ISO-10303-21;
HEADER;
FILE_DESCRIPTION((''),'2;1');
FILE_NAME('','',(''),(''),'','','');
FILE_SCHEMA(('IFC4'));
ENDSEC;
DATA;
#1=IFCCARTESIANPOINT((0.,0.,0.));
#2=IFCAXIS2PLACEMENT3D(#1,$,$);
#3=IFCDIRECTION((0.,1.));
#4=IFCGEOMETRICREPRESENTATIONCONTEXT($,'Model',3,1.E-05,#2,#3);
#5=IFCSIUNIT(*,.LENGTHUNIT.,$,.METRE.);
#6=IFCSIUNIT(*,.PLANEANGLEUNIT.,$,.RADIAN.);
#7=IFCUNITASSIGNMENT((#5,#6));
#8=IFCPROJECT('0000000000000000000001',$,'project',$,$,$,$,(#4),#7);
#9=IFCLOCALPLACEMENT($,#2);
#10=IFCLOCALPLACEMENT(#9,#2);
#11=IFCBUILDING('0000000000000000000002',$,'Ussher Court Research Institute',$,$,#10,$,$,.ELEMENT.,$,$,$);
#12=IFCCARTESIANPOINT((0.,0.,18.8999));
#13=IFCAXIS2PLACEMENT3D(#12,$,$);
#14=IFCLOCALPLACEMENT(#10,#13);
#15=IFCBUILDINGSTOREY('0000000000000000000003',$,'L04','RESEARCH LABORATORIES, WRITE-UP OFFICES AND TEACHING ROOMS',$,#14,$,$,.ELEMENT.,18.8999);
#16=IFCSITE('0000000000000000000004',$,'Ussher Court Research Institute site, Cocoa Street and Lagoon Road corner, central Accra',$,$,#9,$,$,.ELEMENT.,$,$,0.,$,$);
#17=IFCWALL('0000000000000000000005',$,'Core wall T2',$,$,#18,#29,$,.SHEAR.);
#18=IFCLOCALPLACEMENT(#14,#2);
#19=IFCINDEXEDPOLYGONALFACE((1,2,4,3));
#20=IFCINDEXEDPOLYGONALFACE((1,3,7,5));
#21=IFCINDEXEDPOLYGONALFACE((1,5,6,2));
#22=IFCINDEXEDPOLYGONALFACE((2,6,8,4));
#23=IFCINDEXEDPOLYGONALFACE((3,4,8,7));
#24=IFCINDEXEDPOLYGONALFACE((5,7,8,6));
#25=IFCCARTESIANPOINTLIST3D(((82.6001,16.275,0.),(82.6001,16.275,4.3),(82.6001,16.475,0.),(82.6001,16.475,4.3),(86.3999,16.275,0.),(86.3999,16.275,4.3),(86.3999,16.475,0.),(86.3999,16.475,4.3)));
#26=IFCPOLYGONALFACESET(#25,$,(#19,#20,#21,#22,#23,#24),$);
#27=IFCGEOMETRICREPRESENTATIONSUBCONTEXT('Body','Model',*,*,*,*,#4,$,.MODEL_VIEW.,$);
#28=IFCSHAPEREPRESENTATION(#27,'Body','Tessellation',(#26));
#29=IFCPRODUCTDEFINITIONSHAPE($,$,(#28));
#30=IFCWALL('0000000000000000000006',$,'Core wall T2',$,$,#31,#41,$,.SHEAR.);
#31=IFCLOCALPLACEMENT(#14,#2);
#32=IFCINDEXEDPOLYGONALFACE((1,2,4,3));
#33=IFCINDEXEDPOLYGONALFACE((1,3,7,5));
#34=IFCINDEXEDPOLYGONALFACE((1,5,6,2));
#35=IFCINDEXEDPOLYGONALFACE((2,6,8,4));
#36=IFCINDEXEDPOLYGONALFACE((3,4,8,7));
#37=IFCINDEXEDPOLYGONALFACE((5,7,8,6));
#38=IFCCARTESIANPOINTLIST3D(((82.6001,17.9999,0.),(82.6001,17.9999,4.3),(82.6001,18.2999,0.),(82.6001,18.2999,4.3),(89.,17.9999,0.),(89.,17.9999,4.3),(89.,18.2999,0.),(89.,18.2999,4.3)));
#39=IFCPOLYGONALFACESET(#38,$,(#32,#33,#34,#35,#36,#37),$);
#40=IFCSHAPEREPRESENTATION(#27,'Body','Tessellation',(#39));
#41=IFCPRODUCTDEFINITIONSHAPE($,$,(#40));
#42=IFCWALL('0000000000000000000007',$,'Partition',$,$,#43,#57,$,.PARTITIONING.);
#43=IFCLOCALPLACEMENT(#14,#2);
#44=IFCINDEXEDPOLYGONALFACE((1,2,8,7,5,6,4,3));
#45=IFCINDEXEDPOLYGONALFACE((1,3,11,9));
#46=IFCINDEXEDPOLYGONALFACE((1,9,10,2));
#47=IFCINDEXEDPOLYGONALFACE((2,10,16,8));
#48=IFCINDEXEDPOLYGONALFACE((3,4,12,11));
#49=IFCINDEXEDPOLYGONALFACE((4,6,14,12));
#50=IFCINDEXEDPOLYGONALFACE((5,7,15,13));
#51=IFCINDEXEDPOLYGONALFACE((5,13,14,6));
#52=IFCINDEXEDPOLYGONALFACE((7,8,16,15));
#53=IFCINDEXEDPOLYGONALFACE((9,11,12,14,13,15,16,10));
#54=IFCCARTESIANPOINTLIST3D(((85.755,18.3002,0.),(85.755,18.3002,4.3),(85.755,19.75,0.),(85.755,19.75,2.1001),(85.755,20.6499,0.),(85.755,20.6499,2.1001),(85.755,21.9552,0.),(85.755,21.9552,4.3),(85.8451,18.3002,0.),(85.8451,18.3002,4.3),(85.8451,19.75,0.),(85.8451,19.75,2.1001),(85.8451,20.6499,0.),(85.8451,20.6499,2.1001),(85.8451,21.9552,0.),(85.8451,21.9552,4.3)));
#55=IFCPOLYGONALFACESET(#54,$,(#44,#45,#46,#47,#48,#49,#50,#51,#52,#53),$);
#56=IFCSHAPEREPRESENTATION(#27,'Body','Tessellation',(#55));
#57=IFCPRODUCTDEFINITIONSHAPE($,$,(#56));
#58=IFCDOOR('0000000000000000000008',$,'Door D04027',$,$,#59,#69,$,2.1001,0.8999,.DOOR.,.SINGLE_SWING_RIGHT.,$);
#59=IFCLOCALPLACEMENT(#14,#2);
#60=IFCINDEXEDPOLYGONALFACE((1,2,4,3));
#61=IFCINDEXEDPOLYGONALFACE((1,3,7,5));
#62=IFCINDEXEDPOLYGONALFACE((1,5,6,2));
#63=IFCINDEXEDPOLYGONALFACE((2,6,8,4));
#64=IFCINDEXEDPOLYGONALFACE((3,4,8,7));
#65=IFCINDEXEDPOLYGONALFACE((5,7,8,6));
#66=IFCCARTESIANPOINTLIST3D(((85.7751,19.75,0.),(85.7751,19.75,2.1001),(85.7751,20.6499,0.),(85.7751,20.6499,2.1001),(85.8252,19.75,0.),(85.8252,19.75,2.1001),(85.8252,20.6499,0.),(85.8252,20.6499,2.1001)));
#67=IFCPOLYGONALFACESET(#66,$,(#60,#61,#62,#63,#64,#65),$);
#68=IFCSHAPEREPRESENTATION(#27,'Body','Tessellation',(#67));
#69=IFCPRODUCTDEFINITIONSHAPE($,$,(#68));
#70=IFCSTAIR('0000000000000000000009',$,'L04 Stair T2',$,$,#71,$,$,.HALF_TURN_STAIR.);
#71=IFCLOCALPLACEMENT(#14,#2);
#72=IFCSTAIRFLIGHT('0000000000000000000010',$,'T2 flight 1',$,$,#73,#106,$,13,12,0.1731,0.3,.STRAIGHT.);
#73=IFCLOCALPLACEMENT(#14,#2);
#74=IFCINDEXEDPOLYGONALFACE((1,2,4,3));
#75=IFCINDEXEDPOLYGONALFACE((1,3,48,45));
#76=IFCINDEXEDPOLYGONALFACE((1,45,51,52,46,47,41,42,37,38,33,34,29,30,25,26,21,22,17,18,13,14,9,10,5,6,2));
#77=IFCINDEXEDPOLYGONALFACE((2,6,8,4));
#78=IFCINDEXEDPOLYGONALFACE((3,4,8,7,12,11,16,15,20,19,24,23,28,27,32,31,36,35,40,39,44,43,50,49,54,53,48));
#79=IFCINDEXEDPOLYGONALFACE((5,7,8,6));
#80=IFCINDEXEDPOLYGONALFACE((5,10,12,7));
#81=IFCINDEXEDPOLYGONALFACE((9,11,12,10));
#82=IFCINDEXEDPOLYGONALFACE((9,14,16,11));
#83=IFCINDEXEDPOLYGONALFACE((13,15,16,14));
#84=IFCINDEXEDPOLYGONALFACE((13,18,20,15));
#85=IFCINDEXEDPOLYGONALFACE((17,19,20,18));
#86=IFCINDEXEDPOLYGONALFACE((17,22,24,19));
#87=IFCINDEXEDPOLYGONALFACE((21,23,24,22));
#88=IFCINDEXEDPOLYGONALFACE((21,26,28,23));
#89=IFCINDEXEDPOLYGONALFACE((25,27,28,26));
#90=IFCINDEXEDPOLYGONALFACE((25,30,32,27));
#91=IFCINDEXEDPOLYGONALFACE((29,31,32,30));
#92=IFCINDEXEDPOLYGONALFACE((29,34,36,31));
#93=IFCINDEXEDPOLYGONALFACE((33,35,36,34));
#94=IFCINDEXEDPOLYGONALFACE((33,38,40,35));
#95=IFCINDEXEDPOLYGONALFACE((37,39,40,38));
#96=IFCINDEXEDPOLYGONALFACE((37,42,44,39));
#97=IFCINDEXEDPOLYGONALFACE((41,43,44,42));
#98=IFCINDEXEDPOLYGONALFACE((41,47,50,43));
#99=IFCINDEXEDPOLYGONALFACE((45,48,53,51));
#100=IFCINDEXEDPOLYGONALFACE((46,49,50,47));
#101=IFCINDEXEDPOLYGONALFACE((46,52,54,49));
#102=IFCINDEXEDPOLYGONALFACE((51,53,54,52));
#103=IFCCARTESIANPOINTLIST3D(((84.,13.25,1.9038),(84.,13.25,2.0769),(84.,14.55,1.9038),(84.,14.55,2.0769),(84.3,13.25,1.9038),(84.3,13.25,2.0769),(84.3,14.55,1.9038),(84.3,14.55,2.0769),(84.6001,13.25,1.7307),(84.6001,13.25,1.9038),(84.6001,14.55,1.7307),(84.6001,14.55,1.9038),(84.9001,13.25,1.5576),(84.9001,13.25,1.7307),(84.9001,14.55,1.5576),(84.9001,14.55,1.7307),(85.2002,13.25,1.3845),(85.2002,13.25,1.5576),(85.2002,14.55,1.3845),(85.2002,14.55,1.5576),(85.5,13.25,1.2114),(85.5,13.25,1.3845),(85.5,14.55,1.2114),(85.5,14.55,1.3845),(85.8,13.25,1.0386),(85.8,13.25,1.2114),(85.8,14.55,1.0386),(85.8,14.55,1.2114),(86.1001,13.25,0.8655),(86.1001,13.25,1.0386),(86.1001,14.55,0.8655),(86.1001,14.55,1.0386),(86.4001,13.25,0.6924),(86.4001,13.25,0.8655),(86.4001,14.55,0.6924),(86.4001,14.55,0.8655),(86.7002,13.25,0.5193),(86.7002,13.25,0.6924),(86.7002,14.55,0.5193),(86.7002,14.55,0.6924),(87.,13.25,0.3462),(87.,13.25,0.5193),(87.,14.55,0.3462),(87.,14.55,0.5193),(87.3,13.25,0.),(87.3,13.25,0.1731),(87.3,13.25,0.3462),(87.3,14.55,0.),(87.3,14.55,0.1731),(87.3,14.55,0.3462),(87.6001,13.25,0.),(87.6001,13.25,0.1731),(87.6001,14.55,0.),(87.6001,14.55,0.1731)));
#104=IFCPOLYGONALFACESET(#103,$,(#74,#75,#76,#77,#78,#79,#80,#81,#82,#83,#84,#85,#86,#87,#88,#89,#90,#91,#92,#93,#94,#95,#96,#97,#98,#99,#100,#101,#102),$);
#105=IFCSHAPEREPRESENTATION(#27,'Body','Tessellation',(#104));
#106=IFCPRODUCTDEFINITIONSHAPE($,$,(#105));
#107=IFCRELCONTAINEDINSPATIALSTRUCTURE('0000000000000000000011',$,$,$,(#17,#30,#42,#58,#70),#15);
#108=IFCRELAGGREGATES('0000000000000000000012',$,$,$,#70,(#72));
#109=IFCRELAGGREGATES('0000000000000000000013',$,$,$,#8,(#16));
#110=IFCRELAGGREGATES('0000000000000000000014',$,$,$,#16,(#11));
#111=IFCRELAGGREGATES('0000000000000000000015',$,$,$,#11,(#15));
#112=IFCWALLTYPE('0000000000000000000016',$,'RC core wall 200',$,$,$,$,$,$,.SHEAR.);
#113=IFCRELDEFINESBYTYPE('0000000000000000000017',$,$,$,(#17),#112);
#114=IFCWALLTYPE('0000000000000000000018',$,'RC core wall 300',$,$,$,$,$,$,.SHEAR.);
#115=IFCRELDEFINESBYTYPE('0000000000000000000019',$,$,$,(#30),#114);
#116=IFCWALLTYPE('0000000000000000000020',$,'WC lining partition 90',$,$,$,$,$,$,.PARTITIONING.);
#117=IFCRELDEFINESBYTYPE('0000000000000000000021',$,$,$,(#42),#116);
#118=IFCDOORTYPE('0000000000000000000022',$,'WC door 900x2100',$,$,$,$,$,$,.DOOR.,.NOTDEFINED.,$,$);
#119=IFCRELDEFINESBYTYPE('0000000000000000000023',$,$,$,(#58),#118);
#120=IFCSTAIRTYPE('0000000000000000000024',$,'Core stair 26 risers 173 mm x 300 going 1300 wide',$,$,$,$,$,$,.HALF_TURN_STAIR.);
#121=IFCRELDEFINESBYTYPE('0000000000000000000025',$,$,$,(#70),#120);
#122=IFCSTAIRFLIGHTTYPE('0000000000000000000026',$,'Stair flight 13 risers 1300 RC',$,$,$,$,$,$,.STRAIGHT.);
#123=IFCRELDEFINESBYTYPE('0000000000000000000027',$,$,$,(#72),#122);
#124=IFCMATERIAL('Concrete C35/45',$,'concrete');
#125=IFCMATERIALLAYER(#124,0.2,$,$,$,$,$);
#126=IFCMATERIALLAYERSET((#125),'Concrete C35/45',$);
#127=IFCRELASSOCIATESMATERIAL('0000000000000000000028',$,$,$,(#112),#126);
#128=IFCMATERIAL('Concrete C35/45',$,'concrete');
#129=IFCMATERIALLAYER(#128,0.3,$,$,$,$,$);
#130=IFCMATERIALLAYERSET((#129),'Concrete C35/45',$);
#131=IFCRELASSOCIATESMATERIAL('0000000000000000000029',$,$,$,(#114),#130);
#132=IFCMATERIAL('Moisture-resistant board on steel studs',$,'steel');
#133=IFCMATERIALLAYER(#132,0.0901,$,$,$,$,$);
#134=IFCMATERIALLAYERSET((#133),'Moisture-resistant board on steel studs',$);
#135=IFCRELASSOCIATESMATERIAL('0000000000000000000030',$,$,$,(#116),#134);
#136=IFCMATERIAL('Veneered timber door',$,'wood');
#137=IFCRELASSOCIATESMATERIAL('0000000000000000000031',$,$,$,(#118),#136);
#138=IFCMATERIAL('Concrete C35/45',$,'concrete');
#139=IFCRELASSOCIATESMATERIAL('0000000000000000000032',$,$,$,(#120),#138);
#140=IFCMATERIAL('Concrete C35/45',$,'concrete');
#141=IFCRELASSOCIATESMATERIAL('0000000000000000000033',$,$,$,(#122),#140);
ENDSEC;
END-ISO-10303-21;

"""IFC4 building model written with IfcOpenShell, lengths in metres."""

from ifc_helpers import new_model, si_unit, direction, frame, frame_2d, origin, place, context, subcontext, project, spatial, polyline, rectangle, outline, extrude, material, layer, layer_set, type_object, element, fill, aggregate, save


model = new_model("IFC4")

# Units and contexts
model_context = context("Model", 3, precision=1e-05, world=origin(), true_north=direction((0.0, 1.0)))
body_context = subcontext(model_context, "Body", "Model", "MODEL_VIEW")
ifc_project = project(units=[si_unit("LENGTHUNIT", "METRE"), si_unit("PLANEANGLEUNIT", "RADIAN")], contexts=[model_context])

# Site, building, storey
site_placement = place(None, origin())
site = spatial("IfcSite", under=ifc_project, at=site_placement, Name="Ussher Court Research Institute site, Cocoa Street and Lagoon Road corner, central Accra", CompositionType="ELEMENT", RefElevation=0.0)
building_placement = place(site_placement, origin())
building = spatial("IfcBuilding", under=site, at=building_placement, Name="Ussher Court Research Institute", CompositionType="ELEMENT")
storey_placement = place(building_placement, frame((0.0, 0.0, 18.8999)))
storey = spatial("IfcBuildingStorey", under=building, at=storey_placement, Name="L04", Description="RESEARCH LABORATORIES, WRITE-UP OFFICES AND TEACHING ROOMS", CompositionType="ELEMENT", Elevation=18.8999)

# Shared definitions
ifc_material_1 = material(Name="Concrete C35/45", Category="concrete")
ifc_layer_1 = layer(ifc_material_1, 0.2)
ifc_layer_set_1 = layer_set([ifc_layer_1], Name="Concrete C35/45")
wall_type_1 = type_object("IfcWallType", Name="RC core wall 200", PredefinedType="SHEAR", material=ifc_layer_set_1)

# Walls
wall_1_placement = place(storey_placement, frame((82.6001, 16.375, 0.0), z_axis=(0.0, 0.0, 1.0), x_axis=(1.0, 0.0, 0.0)))
element("IfcWall", 1, at=wall_1_placement, inside=storey, type_object=wall_type_1, Name="Core wall T2", PredefinedType="SHEAR", context=body_context, shape_type="SweptSolid", body=[
    extrude(rectangle(XDim=3.7998, YDim=0.2, at=frame_2d((1.8999, 0.0))), origin(), (0.0, 0.0, 1.0), 4.3),
])
ifc_material_2 = material(Name="Concrete C35/45", Category="concrete")
ifc_layer_2 = layer(ifc_material_2, 0.3)
ifc_layer_set_2 = layer_set([ifc_layer_2], Name="Concrete C35/45")
wall_type_2 = type_object("IfcWallType", Name="RC core wall 300", PredefinedType="SHEAR", material=ifc_layer_set_2)
wall_2_placement = place(storey_placement, frame((82.6001, 18.1499, 0.0), z_axis=(0.0, 0.0, 1.0), x_axis=(1.0, 0.0, 0.0)))
element("IfcWall", 2, at=wall_2_placement, inside=storey, type_object=wall_type_2, Name="Core wall T2", PredefinedType="SHEAR", context=body_context, shape_type="SweptSolid", body=[
    extrude(rectangle(XDim=6.3999, YDim=0.3, at=frame_2d((3.2, 0.0))), origin(), (0.0, 0.0, 1.0), 4.3),
])

# Wall, opening, door
ifc_material_3 = material(Name="Moisture-resistant board on steel studs", Category="steel")
ifc_layer_3 = layer(ifc_material_3, 0.0901)
ifc_layer_set_3 = layer_set([ifc_layer_3], Name="Moisture-resistant board on steel studs")
wall_type_3 = type_object("IfcWallType", Name="WC lining partition 90", PredefinedType="PARTITIONING", material=ifc_layer_set_3)
wall_3_placement = place(storey_placement, frame((85.8, 18.3, 0.0), z_axis=(0.0, 0.0, 1.0), x_axis=(0.0, 1.0, 0.0)))
wall_3 = element("IfcWall", 3, at=wall_3_placement, inside=storey, type_object=wall_type_3, Name="Partition", PredefinedType="PARTITIONING", context=body_context, shape_type="SweptSolid", body=[
    extrude(rectangle(XDim=3.655, YDim=0.0901, at=frame_2d((1.8276, 0.0))), origin(), (0.0, 0.0, 1.0), 4.3),
])
opening_1_placement = place(wall_3_placement, frame((1.45, 0.0, 0.0)))
opening_1 = element("IfcOpeningElement", 4, at=opening_1_placement, cuts=wall_3, PredefinedType="OPENING", context=body_context, shape_type="SweptSolid", body=[
    extrude(rectangle(XDim=0.8999, YDim=2.1001, at=frame_2d((0.45, 1.05))), frame((0.0, 0.0552, 0.0), z_axis=(0.0, -1.0, 0.0), x_axis=(1.0, 0.0, 0.0)), (0.0, 0.0, 1.0), 0.1101),
])
ifc_material_4 = material(Name="Veneered timber door", Category="wood")
door_type_1 = type_object("IfcDoorType", Name="WC door 900x2100", OperationType="NOTDEFINED", PredefinedType="DOOR", material=ifc_material_4)
door_1_placement = place(opening_1_placement, origin())
door_1 = element("IfcDoor", 5, at=door_1_placement, inside=storey, type_object=door_type_1, Name="Door D04027", OperationType="SINGLE_SWING_RIGHT", OverallHeight=2.1001, OverallWidth=0.8999, PredefinedType="DOOR", context=body_context, shape_type="SweptSolid", body=[
    extrude(rectangle(XDim=0.8999, YDim=2.1001, at=frame_2d((0.45, 1.05))), frame((0.0, 0.0249, 0.0), z_axis=(0.0, -1.0, 0.0), x_axis=(1.0, 0.0, 0.0)), (0.0, 0.0, 1.0), 0.05),
])
fill(opening_1, door_1)

# Stair, stair flight
ifc_material_5 = material(Name="Concrete C35/45", Category="concrete")
stair_type = type_object("IfcStairType", Name="Core stair 26 risers 173 mm x 300 going 1300 wide", PredefinedType="HALF_TURN_STAIR", material=ifc_material_5)
stair_placement = place(storey_placement, origin())
stair = element("IfcStair", 6, at=stair_placement, inside=storey, type_object=stair_type, Name="L04 Stair T2", PredefinedType="HALF_TURN_STAIR")
ifc_material_6 = material(Name="Concrete C35/45", Category="concrete")
stair_flight_type = type_object("IfcStairFlightType", Name="Stair flight 13 risers 1300 RC", PredefinedType="STRAIGHT", material=ifc_material_6)
stair_flight_placement = place(storey_placement, frame((87.6001, 13.8999, 0.0), z_axis=(0.0, 0.0, 1.0), x_axis=(-1.0, 0.0, 0.0)))
stair_flight = element("IfcStairFlight", 7, at=stair_flight_placement, type_object=stair_flight_type, Name="T2 flight 1", NumberOfRisers=13, NumberOfTreads=12, PredefinedType="STRAIGHT", RiserHeight=0.1731, TreadLength=0.3, context=body_context, shape_type="SweptSolid", body=[
    extrude(outline(polyline([(0.0, 0.0), (0.0, 0.1731), (0.3, 0.1731), (0.3, 0.3462), (0.6001, 0.3462), (0.6001, 0.5193), (0.8999, 0.5193), (0.8999, 0.6924), (1.2, 0.6924), (1.2, 0.8655), (1.5, 0.8655), (1.5, 1.0386), (1.8, 1.0386), (1.8, 1.2114), (2.1001, 1.2114), (2.1001, 1.3845), (2.3999, 1.3845), (2.3999, 1.5576), (2.7, 1.5576), (2.7, 1.7307), (3.0, 1.7307), (3.0, 1.9038), (3.3, 1.9038), (3.3, 2.0769), (3.6001, 2.0769), (3.6001, 2.25), (3.6001, 1.9038), (0.3, 0.0), (0.0, 0.0)])), frame((0.0, 0.6499, 0.0), z_axis=(0.0, -1.0, 0.0), x_axis=(1.0, 0.0, 0.0)), (0.0, 0.0, 1.0), 1.3),
])
aggregate(stair, [stair_flight])

save(model, "model.ifc")
